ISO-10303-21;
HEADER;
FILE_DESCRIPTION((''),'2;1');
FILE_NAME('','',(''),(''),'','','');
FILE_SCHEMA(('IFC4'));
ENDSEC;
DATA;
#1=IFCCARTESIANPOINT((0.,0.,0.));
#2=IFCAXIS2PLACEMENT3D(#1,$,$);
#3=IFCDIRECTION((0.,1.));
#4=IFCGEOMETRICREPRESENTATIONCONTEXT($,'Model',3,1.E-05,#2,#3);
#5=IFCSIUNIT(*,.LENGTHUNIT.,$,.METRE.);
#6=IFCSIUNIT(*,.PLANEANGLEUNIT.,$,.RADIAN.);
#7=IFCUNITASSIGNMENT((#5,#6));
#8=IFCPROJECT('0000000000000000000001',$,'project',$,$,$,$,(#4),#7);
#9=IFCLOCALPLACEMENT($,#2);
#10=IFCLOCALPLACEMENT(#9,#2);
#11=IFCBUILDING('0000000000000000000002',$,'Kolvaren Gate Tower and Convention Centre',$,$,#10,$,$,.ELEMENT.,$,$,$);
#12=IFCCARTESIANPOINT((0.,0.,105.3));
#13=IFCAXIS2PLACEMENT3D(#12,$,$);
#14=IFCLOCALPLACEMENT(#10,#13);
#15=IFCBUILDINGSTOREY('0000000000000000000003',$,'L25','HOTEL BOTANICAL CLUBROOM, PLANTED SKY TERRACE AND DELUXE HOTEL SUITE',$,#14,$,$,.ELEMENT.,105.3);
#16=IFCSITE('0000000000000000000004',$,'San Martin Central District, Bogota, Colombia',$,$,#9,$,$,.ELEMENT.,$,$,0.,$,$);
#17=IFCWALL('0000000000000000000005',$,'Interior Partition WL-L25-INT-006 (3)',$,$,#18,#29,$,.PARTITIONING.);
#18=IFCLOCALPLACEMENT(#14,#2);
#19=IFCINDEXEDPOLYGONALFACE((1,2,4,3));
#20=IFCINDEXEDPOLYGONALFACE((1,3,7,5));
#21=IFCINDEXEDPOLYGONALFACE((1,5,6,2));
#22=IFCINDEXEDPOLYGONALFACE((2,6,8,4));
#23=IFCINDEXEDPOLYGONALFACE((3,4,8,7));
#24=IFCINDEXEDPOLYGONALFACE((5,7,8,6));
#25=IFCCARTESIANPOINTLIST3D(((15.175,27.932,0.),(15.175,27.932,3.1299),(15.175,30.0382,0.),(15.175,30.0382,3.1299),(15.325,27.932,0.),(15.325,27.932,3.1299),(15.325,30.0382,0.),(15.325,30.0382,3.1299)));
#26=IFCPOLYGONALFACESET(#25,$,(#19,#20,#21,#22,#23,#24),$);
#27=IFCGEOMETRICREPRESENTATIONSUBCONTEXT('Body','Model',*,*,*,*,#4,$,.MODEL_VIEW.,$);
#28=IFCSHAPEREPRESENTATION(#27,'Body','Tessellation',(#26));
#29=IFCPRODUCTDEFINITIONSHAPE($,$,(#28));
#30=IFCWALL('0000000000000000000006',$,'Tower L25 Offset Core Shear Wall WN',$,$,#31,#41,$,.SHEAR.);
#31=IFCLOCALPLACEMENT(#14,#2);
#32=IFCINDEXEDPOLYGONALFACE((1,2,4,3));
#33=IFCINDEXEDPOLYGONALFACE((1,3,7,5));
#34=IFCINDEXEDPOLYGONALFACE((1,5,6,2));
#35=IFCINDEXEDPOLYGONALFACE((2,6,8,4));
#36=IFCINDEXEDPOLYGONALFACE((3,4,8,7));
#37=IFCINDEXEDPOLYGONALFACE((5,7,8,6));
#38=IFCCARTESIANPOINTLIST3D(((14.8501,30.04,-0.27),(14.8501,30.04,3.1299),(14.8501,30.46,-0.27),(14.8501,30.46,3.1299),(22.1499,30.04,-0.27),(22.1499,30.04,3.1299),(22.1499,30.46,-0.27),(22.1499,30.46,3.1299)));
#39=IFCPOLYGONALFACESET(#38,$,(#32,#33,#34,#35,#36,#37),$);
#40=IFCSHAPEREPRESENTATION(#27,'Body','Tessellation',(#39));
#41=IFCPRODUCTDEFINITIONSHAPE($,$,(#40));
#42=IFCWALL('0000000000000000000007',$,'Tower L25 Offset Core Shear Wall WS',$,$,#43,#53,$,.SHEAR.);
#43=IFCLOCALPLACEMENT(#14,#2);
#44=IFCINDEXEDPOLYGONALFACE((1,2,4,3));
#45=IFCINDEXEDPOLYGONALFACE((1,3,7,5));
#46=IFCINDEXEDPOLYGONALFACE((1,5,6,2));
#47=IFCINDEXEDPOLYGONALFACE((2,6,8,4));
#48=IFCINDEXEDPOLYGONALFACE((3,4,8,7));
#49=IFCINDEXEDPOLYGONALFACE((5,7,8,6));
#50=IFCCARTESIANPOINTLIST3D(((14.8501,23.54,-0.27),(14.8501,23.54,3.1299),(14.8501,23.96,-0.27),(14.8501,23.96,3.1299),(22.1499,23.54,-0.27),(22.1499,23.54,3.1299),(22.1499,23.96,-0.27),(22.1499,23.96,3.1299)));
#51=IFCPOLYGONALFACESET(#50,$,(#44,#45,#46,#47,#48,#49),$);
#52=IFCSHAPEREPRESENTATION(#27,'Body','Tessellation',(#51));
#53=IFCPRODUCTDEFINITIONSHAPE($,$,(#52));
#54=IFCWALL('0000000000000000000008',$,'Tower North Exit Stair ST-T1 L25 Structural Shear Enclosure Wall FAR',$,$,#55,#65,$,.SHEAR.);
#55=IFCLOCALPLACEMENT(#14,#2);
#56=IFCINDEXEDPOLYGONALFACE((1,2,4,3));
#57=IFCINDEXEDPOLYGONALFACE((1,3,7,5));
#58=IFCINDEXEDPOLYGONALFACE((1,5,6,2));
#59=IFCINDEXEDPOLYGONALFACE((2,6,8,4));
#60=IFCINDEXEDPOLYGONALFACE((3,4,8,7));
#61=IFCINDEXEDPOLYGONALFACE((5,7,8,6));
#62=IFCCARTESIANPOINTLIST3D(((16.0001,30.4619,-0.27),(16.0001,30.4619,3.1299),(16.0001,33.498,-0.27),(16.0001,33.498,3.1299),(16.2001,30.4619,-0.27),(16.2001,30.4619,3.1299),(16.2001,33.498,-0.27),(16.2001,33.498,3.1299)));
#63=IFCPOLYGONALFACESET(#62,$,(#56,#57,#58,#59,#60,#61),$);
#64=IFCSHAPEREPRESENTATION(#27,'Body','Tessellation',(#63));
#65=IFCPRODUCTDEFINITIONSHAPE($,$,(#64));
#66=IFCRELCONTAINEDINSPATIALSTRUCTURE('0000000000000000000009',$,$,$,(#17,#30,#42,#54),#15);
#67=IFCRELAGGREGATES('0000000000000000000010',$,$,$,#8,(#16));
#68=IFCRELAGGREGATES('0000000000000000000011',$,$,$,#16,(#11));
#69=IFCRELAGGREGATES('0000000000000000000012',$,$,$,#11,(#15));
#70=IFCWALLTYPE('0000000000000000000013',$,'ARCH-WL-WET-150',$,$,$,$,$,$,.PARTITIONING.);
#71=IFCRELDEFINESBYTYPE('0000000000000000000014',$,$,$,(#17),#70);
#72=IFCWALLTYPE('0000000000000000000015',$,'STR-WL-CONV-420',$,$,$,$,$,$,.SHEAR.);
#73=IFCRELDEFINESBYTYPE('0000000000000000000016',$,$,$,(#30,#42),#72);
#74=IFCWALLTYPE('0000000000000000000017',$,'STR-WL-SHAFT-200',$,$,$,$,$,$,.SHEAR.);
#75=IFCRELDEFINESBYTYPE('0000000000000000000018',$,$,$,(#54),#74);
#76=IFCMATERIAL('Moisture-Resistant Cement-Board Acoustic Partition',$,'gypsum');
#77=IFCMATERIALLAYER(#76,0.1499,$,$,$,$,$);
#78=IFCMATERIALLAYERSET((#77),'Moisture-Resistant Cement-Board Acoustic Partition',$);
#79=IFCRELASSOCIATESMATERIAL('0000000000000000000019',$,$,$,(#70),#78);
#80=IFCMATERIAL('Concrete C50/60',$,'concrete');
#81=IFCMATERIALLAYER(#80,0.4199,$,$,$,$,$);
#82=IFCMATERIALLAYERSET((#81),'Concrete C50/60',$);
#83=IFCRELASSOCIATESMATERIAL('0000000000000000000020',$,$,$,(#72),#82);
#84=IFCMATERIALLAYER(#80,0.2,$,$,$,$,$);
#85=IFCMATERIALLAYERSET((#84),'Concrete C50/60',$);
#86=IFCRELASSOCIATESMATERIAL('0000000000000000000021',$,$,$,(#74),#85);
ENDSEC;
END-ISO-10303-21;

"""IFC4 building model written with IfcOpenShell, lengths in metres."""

from ifc_helpers import new_model, si_unit, direction, frame, frame_2d, origin, place, context, subcontext, project, spatial, rectangle, extrude, material, layer, layer_set, type_object, element, save


model = new_model("IFC4")

# Units and contexts
model_context = context("Model", 3, precision=1e-05, world=origin(), true_north=direction((0.0, 1.0)))
body_context = subcontext(model_context, "Body", "Model", "MODEL_VIEW")
ifc_project = project(units=[si_unit("LENGTHUNIT", "METRE"), si_unit("PLANEANGLEUNIT", "RADIAN")], contexts=[model_context])

# Site, building, storey
site_placement = place(None, origin())
site = spatial("IfcSite", under=ifc_project, at=site_placement, Name="San Martin Central District, Bogota, Colombia", CompositionType="ELEMENT", RefElevation=0.0)
building_placement = place(site_placement, origin())
building = spatial("IfcBuilding", under=site, at=building_placement, Name="Kolvaren Gate Tower and Convention Centre", CompositionType="ELEMENT")
storey_placement = place(building_placement, frame((0.0, 0.0, 105.3)))
storey = spatial("IfcBuildingStorey", under=building, at=storey_placement, Name="L25", Description="HOTEL BOTANICAL CLUBROOM, PLANTED SKY TERRACE AND DELUXE HOTEL SUITE", CompositionType="ELEMENT", Elevation=105.3)

# Walls
ifc_material_1 = material(Name="Moisture-Resistant Cement-Board Acoustic Partition", Category="gypsum")
ifc_layer_1 = layer(ifc_material_1, 0.1499)
ifc_layer_set_1 = layer_set([ifc_layer_1], Name="Moisture-Resistant Cement-Board Acoustic Partition")
wall_type_1 = type_object("IfcWallType", Name="ARCH-WL-WET-150", PredefinedType="PARTITIONING", material=ifc_layer_set_1)
wall_1_placement = place(storey_placement, frame((15.25, 27.9319, 0.0), z_axis=(0.0, 0.0, 1.0), x_axis=(0.0, 1.0, 0.0)))
element("IfcWall", 1, at=wall_1_placement, inside=storey, type_object=wall_type_1, Name="Interior Partition WL-L25-INT-006 (3)", PredefinedType="PARTITIONING", context=body_context, shape_type="SweptSolid", body=[
    extrude(rectangle(XDim=2.1062, YDim=0.1499, at=frame_2d((1.0532, 0.0))), origin(), (0.0, 0.0, 1.0), 3.1299),
])
ifc_material_2 = material(Name="Concrete C50/60", Category="concrete")
ifc_layer_2 = layer(ifc_material_2, 0.4199)
ifc_layer_set_2 = layer_set([ifc_layer_2], Name="Concrete C50/60")
wall_type_2 = type_object("IfcWallType", Name="STR-WL-CONV-420", PredefinedType="SHEAR", material=ifc_layer_set_2)
for number, where, z_axis, x_axis, name in (
    (2, (14.8501, 30.25, -0.27), (0.0, 0.0, 1.0), (1.0, 0.0, 0.0), "Tower L25 Offset Core Shear Wall WN"),
    (3, (14.8501, 23.75, -0.27), (0.0, 0.0, 1.0), (1.0, 0.0, 0.0), "Tower L25 Offset Core Shear Wall WS"),
):
    element("IfcWall", number, at=place(storey_placement, frame(where, z_axis=z_axis, x_axis=x_axis)), inside=storey, type_object=wall_type_2, Name=name, PredefinedType="SHEAR", context=body_context, shape_type="SweptSolid", body=[
        extrude(rectangle(XDim=7.2998, YDim=0.4199, at=frame_2d((3.6499, 0.0))), origin(), (0.0, 0.0, 1.0), 3.3999),
    ])
ifc_layer_3 = layer(ifc_material_2, 0.2)
ifc_layer_set_3 = layer_set([ifc_layer_3], Name="Concrete C50/60")
wall_type_3 = type_object("IfcWallType", Name="STR-WL-SHAFT-200", PredefinedType="SHEAR", material=ifc_layer_set_3)
wall_2_placement = place(storey_placement, frame((16.1001, 30.4619, -0.27), z_axis=(0.0, 0.0, 1.0), x_axis=(0.0, 1.0, 0.0)))
element("IfcWall", 4, at=wall_2_placement, inside=storey, type_object=wall_type_3, Name="Tower North Exit Stair ST-T1 L25 Structural Shear Enclosure Wall FAR", PredefinedType="SHEAR", context=body_context, shape_type="SweptSolid", body=[
    extrude(rectangle(XDim=3.0361, YDim=0.2, at=frame_2d((1.5181, 0.0))), origin(), (0.0, 0.0, 1.0), 3.3999),
])

save(model, "model.ifc")
